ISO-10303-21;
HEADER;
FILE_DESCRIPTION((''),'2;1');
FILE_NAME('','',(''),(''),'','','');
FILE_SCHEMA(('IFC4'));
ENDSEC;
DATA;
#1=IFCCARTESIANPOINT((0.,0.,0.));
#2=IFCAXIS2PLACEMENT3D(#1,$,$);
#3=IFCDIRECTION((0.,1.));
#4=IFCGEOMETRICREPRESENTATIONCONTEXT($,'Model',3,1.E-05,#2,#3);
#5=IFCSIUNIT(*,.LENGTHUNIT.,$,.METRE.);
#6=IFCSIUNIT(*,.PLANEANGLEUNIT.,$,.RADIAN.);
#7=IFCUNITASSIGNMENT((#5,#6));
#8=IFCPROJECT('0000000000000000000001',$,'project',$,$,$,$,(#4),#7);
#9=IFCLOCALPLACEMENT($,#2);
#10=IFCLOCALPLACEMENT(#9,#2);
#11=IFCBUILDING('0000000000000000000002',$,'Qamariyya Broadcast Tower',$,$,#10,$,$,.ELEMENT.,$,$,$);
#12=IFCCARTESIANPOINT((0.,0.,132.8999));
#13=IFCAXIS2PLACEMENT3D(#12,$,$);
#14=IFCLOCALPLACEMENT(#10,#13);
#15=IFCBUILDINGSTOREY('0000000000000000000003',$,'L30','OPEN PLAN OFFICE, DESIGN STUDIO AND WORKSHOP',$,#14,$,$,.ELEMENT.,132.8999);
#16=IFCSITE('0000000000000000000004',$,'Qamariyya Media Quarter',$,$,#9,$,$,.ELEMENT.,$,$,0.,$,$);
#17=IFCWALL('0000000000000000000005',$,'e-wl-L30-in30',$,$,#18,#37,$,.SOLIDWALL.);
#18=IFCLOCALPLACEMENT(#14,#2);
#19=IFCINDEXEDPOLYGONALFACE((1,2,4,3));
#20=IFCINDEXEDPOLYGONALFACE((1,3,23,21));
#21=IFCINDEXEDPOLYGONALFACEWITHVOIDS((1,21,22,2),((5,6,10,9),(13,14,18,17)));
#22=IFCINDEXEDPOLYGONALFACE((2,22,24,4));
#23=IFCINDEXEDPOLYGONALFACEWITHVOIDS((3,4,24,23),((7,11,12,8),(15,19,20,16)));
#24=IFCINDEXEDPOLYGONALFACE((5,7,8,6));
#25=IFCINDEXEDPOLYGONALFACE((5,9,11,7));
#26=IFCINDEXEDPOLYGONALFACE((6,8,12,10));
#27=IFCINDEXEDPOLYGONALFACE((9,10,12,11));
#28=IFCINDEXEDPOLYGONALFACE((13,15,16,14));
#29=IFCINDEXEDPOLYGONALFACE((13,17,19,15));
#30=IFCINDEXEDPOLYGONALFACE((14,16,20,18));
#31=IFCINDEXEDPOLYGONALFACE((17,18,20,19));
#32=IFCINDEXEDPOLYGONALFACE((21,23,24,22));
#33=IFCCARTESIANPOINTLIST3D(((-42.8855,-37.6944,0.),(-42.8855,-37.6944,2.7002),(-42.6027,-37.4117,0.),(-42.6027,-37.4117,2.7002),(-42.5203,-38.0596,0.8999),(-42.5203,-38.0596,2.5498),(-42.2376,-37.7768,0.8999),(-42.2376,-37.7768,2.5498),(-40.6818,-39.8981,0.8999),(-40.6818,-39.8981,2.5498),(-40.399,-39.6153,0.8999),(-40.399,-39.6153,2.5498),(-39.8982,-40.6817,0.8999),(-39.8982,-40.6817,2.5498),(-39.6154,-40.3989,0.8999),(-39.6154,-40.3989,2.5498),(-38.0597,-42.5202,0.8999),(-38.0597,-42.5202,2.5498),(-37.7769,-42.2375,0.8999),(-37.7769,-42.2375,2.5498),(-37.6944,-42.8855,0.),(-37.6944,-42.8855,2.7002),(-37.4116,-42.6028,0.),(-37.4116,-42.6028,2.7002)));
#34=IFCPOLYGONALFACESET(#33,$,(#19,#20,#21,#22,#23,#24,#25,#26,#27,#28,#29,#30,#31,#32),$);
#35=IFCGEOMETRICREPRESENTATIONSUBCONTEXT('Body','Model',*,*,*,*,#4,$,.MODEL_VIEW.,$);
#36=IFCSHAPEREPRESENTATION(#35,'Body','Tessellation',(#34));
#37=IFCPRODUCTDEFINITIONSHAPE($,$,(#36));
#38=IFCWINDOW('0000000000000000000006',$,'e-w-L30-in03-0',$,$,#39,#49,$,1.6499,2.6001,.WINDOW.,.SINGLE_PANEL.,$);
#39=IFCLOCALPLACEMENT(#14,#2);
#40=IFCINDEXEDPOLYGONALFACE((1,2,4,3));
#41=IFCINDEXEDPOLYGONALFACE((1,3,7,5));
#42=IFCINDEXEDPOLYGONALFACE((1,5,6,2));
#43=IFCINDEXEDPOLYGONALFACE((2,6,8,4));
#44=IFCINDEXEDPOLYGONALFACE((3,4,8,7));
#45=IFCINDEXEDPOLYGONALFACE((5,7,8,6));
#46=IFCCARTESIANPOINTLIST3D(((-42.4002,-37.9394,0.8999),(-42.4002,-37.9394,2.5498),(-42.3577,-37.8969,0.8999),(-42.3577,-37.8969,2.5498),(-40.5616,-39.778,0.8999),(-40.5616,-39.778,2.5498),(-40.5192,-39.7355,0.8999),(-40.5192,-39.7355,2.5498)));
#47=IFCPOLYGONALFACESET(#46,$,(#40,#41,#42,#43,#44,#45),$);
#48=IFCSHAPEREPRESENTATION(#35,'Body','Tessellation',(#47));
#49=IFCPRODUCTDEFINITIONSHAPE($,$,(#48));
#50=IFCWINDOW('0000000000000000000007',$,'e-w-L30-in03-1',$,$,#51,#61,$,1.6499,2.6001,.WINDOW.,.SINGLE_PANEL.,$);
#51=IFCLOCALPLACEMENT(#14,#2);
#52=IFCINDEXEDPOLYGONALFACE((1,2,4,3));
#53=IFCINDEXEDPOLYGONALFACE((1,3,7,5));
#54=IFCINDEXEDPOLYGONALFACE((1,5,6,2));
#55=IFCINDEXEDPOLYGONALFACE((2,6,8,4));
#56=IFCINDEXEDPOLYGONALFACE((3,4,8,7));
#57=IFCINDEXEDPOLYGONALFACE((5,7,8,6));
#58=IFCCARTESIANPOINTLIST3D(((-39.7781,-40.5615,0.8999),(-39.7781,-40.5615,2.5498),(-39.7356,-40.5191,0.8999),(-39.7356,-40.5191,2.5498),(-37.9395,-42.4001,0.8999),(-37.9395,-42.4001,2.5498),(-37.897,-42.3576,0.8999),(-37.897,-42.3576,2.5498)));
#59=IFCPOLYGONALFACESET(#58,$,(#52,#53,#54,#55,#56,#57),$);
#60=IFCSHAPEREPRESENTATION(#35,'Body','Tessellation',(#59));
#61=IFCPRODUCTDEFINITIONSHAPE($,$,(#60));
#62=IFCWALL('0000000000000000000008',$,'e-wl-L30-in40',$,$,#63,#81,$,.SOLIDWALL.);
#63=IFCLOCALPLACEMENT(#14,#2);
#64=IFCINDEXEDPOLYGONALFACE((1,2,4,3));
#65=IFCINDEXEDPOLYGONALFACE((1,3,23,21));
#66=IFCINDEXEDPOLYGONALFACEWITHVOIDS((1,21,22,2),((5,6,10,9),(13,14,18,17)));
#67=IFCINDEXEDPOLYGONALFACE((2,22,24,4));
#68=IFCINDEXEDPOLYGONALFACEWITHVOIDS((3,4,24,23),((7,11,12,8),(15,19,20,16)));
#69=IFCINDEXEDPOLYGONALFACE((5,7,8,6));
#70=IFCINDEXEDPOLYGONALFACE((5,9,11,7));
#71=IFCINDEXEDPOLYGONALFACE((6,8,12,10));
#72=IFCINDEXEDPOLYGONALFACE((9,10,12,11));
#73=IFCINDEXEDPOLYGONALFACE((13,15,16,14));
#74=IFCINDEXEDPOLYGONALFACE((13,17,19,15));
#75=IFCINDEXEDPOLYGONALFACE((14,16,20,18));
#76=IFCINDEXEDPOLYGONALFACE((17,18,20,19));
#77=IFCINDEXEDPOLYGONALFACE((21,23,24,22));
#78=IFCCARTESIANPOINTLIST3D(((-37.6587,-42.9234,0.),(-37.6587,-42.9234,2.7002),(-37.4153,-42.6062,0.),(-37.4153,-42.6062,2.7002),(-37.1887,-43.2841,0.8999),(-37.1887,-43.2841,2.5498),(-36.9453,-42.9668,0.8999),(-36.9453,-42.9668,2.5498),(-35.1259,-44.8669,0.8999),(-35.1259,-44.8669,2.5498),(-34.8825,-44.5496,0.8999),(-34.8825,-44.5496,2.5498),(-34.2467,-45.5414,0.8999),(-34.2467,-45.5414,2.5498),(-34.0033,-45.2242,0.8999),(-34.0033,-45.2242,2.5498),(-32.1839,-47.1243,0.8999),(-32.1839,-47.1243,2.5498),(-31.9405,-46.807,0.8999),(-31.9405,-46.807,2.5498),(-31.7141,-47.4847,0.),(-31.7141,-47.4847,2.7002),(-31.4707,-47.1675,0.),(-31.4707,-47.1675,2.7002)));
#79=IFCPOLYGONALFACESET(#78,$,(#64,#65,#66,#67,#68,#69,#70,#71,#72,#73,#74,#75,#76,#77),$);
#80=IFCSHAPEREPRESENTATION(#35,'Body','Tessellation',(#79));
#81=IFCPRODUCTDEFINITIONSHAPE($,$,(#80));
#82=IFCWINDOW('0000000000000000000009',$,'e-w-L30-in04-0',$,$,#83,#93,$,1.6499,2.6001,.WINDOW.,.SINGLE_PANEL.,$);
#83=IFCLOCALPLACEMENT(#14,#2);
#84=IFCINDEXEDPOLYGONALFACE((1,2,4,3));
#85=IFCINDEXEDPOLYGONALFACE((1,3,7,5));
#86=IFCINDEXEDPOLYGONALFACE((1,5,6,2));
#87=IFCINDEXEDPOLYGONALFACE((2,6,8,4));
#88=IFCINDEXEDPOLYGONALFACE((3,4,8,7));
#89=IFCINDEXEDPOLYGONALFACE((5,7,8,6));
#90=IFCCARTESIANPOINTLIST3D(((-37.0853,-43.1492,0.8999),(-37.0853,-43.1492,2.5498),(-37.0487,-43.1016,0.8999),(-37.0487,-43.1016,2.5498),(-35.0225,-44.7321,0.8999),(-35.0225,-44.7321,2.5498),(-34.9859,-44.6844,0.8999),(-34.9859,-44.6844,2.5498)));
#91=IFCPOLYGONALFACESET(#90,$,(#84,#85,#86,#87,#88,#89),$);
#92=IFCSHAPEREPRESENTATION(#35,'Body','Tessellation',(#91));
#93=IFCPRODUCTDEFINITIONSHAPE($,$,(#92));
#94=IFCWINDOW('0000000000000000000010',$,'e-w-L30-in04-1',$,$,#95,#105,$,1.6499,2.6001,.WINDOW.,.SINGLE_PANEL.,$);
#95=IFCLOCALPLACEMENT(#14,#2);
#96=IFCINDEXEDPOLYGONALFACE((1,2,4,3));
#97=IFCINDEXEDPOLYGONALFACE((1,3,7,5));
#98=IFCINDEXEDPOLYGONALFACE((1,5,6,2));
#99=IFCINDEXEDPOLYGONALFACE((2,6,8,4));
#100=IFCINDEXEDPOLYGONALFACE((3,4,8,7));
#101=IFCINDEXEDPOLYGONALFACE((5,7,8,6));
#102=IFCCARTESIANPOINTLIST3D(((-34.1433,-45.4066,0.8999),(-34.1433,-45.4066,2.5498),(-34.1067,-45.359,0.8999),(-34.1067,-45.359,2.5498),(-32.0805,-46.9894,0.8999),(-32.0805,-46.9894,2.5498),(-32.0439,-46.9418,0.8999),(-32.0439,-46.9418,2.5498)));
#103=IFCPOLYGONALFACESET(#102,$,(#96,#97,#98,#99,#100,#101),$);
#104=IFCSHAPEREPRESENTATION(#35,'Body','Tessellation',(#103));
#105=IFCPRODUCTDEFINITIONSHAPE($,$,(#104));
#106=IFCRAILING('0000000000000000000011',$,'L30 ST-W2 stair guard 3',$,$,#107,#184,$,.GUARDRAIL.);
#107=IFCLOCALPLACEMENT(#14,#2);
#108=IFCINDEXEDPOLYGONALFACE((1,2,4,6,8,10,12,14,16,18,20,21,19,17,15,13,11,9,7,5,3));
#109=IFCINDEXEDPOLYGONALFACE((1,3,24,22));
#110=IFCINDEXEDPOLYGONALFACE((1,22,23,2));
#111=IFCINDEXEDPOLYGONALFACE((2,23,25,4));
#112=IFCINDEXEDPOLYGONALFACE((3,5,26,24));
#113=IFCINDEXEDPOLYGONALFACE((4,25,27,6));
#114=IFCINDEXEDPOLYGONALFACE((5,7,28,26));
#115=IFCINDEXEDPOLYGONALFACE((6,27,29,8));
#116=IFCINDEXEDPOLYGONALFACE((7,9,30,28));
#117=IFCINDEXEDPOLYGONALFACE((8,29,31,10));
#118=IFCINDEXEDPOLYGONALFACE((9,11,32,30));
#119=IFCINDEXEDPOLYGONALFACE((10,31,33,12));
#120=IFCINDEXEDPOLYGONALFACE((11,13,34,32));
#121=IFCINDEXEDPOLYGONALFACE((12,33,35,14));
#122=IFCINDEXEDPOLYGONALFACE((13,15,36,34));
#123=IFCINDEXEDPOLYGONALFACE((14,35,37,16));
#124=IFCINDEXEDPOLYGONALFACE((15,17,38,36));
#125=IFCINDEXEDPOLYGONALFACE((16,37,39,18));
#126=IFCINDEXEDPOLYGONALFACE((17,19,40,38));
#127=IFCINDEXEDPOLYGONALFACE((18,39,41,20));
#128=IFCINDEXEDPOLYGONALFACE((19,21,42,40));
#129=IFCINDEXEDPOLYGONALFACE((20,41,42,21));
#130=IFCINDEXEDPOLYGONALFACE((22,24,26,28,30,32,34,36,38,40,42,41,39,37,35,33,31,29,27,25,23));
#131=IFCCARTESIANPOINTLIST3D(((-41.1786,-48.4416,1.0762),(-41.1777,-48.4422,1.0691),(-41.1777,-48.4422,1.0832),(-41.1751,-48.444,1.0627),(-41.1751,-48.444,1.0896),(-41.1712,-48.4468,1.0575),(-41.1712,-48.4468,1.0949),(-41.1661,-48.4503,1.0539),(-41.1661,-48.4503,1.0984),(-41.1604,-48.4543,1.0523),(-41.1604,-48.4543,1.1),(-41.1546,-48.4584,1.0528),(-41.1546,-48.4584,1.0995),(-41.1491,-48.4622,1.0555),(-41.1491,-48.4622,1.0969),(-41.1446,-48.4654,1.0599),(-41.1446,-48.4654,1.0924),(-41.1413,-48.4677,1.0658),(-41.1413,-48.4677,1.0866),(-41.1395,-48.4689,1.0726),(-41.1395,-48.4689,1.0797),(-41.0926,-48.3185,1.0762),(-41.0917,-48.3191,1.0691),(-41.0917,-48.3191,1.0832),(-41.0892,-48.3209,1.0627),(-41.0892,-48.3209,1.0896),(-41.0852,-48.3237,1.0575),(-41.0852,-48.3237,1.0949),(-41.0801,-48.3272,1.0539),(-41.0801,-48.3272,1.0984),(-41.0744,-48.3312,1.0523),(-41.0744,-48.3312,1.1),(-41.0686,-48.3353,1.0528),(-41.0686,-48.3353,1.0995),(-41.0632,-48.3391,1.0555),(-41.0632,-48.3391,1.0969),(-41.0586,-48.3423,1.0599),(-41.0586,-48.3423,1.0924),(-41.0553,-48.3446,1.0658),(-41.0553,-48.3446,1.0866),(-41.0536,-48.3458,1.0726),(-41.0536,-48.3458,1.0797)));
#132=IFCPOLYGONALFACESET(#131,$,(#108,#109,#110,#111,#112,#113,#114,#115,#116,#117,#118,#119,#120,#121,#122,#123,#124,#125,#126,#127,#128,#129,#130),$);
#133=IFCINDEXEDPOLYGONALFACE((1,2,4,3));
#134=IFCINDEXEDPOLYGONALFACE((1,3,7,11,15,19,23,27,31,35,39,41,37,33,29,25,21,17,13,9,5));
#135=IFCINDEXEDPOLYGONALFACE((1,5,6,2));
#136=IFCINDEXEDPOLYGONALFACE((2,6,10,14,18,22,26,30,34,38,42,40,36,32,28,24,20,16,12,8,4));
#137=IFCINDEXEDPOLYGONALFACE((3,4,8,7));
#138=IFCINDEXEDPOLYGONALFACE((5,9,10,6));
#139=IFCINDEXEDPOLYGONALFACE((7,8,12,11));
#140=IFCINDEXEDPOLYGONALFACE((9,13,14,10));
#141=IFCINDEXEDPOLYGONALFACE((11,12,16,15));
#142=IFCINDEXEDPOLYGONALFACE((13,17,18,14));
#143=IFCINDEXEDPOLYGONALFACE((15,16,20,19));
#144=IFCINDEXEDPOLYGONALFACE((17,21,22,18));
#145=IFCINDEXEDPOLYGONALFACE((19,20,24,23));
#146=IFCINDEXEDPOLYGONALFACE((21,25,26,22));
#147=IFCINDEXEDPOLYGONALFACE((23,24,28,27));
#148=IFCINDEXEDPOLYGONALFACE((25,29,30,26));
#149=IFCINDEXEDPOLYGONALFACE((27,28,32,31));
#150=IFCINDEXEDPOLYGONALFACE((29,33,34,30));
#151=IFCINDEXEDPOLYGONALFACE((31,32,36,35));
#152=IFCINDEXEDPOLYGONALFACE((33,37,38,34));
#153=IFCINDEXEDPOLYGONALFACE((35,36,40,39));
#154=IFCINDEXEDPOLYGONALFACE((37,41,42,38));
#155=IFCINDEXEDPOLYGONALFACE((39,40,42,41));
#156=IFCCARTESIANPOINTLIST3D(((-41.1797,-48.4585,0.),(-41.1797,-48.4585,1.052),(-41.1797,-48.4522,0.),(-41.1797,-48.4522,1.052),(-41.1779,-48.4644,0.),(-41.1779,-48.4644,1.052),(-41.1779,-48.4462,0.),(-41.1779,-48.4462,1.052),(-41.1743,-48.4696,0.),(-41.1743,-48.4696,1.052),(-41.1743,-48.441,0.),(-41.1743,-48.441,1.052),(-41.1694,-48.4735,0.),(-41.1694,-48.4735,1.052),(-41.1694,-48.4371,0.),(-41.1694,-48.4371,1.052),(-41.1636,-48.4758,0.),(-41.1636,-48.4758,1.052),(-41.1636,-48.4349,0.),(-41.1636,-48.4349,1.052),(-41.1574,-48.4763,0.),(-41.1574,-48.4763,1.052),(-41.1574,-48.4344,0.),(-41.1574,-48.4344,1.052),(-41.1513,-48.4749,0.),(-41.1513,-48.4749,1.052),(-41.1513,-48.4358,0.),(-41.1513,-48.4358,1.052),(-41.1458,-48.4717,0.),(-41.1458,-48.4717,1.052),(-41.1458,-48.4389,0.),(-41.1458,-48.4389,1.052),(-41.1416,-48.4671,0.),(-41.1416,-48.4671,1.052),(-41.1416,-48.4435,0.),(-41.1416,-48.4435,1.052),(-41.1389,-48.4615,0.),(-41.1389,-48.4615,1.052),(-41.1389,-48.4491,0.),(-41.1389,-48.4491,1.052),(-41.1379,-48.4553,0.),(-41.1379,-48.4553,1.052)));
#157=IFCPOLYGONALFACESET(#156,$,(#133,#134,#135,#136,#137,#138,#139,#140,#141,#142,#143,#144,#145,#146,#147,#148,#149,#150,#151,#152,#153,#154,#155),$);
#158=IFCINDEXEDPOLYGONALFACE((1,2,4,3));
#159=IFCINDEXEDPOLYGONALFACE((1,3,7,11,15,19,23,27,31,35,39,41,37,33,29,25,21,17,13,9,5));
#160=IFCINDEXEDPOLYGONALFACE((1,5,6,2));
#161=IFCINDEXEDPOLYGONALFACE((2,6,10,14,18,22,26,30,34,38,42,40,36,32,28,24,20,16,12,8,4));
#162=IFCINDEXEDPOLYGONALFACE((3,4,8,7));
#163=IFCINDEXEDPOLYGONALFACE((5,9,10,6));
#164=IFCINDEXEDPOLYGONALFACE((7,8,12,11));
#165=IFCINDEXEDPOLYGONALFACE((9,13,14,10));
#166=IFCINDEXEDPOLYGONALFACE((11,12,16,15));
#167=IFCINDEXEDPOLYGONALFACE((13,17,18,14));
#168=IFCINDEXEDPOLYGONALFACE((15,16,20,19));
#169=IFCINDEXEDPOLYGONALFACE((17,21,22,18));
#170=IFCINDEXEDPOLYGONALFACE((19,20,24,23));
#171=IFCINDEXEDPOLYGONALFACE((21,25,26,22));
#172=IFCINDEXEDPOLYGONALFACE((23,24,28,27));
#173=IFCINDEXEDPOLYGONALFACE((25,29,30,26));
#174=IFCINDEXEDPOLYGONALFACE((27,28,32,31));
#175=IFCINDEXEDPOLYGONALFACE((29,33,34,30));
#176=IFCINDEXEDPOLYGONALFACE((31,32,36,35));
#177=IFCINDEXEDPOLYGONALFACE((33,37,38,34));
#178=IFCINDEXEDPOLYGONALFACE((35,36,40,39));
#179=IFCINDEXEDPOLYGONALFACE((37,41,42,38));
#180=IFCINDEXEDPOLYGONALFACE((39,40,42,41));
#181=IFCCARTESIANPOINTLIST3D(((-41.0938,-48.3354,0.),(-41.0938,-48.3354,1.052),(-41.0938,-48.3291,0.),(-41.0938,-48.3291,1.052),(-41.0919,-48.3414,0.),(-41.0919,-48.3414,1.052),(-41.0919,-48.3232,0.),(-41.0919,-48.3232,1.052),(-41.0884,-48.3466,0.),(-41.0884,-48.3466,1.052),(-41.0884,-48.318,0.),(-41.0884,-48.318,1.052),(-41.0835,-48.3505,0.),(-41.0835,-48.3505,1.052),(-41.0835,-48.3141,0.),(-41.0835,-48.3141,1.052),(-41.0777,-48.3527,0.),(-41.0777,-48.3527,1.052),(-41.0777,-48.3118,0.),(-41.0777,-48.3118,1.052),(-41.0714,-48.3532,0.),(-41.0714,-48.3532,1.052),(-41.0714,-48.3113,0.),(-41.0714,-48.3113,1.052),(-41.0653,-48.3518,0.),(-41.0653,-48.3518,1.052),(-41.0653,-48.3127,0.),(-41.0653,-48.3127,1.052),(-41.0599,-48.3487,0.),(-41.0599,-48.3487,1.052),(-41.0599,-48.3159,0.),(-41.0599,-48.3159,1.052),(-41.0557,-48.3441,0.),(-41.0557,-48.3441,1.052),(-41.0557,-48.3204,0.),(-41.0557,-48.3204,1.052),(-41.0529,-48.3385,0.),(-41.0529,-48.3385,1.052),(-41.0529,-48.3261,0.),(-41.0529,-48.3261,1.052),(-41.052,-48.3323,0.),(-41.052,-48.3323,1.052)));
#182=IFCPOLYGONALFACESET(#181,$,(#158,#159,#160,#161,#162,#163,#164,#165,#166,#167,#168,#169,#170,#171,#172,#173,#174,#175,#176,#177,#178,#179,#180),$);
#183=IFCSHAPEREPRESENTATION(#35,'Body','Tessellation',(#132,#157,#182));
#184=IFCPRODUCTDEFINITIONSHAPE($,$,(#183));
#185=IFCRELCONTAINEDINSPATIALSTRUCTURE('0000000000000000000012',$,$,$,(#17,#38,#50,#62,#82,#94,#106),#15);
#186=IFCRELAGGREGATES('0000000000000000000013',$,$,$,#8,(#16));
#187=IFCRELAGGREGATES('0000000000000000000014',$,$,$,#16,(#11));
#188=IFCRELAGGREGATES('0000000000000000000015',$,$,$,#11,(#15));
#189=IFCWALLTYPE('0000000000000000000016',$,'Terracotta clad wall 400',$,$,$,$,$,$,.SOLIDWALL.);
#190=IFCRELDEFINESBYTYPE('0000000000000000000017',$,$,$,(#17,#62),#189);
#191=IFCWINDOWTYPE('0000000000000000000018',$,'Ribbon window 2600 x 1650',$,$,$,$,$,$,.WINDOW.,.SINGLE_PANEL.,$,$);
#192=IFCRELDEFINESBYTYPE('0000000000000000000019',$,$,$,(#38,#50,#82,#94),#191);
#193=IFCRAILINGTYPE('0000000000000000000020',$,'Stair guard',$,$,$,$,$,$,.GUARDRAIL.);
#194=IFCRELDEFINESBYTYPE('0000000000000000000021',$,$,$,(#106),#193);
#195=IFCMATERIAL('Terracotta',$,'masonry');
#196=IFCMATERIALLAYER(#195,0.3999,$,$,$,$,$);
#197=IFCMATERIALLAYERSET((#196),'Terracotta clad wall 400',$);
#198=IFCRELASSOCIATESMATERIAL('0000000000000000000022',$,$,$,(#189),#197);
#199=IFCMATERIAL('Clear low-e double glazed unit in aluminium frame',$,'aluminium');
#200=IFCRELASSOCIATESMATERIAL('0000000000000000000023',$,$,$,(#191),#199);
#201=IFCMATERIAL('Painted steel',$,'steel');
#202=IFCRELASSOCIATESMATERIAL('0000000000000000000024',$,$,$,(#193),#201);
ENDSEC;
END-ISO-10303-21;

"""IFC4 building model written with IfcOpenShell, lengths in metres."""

from ifc_helpers import new_model, si_unit, direction, frame, frame_2d, origin, origin_2d, place, context, subcontext, project, spatial, rectangle, circle, extrude, material, layer, layer_set, type_object, element, fill, save


model = new_model("IFC4")

# Units and contexts
model_context = context("Model", 3, precision=1e-05, world=origin(), true_north=direction((0.0, 1.0)))
body_context = subcontext(model_context, "Body", "Model", "MODEL_VIEW")
ifc_project = project(units=[si_unit("LENGTHUNIT", "METRE"), si_unit("PLANEANGLEUNIT", "RADIAN")], contexts=[model_context])

# Site, building, storey
site_placement = place(None, origin())
site = spatial("IfcSite", under=ifc_project, at=site_placement, Name="Qamariyya Media Quarter", CompositionType="ELEMENT", RefElevation=0.0)
building_placement = place(site_placement, origin())
building = spatial("IfcBuilding", under=site, at=building_placement, Name="Qamariyya Broadcast Tower", CompositionType="ELEMENT")
storey_placement = place(building_placement, frame((0.0, 0.0, 132.8999)))
storey = spatial("IfcBuildingStorey", under=building, at=storey_placement, Name="L30", Description="OPEN PLAN OFFICE, DESIGN STUDIO AND WORKSHOP", CompositionType="ELEMENT", Elevation=132.8999)

# Walls, openings, windows
ifc_material_1 = material(Name="Terracotta", Category="masonry")
ifc_layer_1 = layer(ifc_material_1, 0.3999)
ifc_layer_set_1 = layer_set([ifc_layer_1], Name="Terracotta clad wall 400")
wall_type_1 = type_object("IfcWallType", Name="Terracotta clad wall 400", PredefinedType="SOLIDWALL", material=ifc_layer_set_1)
ifc_material_2 = material(Name="Clear low-e double glazed unit in aluminium frame", Category="aluminium")
window_type = type_object("IfcWindowType", Name="Ribbon window 2600 x 1650", PartitioningType="SINGLE_PANEL", PredefinedType="WINDOW", material=ifc_material_2)
wall_1_placement = place(storey_placement, frame((-37.553, -42.7441, 0.0), z_axis=(0.0, 0.0, 1.0), x_axis=(-0.707107, 0.707107, 0.0)))
wall_1 = element("IfcWall", 1, at=wall_1_placement, inside=storey, type_object=wall_type_1, Name="e-wl-L30-in30", PredefinedType="SOLIDWALL", context=body_context, shape_type="SweptSolid", body=[
    extrude(rectangle(XDim=7.3413, YDim=0.3999, at=frame_2d((3.6707, 0.0))), origin(), (0.0, 0.0, 1.0), 2.7002),
])
opening_1_placement = place(wall_1_placement, frame((4.2249, 0.0, 0.8999)))
opening_1 = element("IfcOpeningElement", 2, at=opening_1_placement, cuts=wall_1, PredefinedType="OPENING", context=body_context, shape_type="SweptSolid", body=[
    extrude(rectangle(XDim=2.6001, YDim=1.6499, at=frame_2d((1.3, 0.825))), frame((0.0, 0.21, 0.0), z_axis=(0.0, -1.0, 0.0), x_axis=(1.0, 0.0, 0.0)), (0.0, 0.0, 1.0), 0.4199),
])
opening_2_placement = place(wall_1_placement, frame((0.5166, 0.0, 0.8999)))
opening_2 = element("IfcOpeningElement", 3, at=opening_2_placement, cuts=wall_1, PredefinedType="OPENING", context=body_context, shape_type="SweptSolid", body=[
    extrude(rectangle(XDim=2.6001, YDim=1.6499, at=frame_2d((1.3, 0.825))), frame((0.0, 0.21, 0.0), z_axis=(0.0, -1.0, 0.0), x_axis=(1.0, 0.0, 0.0)), (0.0, 0.0, 1.0), 0.4199),
])
window_1_placement = place(opening_1_placement, origin())
window_1 = element("IfcWindow", 4, at=window_1_placement, inside=storey, type_object=window_type, Name="e-w-L30-in03-0", OverallHeight=1.6499, OverallWidth=2.6001, PartitioningType="SINGLE_PANEL", PredefinedType="WINDOW", context=body_context, shape_type="SweptSolid", body=[
    extrude(rectangle(XDim=2.6001, YDim=1.6499, at=frame_2d((1.3, 0.825))), frame((0.0, 0.03, 0.0), z_axis=(0.0, -1.0, 0.0), x_axis=(1.0, 0.0, 0.0)), (0.0, 0.0, 1.0), 0.0601),
])
fill(opening_1, window_1)
window_2_placement = place(opening_2_placement, origin())
window_2 = element("IfcWindow", 5, at=window_2_placement, inside=storey, type_object=window_type, Name="e-w-L30-in03-1", OverallHeight=1.6499, OverallWidth=2.6001, PartitioningType="SINGLE_PANEL", PredefinedType="WINDOW", context=body_context, shape_type="SweptSolid", body=[
    extrude(rectangle(XDim=2.6001, YDim=1.6499, at=frame_2d((1.3, 0.825))), frame((0.0, 0.03, 0.0), z_axis=(0.0, -1.0, 0.0), x_axis=(1.0, 0.0, 0.0)), (0.0, 0.0, 1.0), 0.0601),
])
fill(opening_2, window_2)
wall_2_placement = place(storey_placement, frame((-31.5923, -47.3262, 0.0), z_axis=(0.0, 0.0, 1.0), x_axis=(-0.793363, 0.608748, 0.0)))
wall_2 = element("IfcWall", 6, at=wall_2_placement, inside=storey, type_object=wall_type_1, Name="e-wl-L30-in40", PredefinedType="SOLIDWALL", context=body_context, shape_type="SweptSolid", body=[
    extrude(rectangle(XDim=7.4929, YDim=0.3999, at=frame_2d((3.7466, 0.0))), origin(), (0.0, 0.0, 1.0), 2.7002),
])
opening_3_placement = place(wall_2_placement, frame((4.3005, 0.0, 0.8999)))
opening_3 = element("IfcOpeningElement", 7, at=opening_3_placement, cuts=wall_2, PredefinedType="OPENING", context=body_context, shape_type="SweptSolid", body=[
    extrude(rectangle(XDim=2.6001, YDim=1.6499, at=frame_2d((1.3, 0.825))), frame((0.0, 0.21, 0.0), z_axis=(0.0, -1.0, 0.0), x_axis=(1.0, 0.0, 0.0)), (0.0, 0.0, 1.0), 0.4199),
])
opening_4_placement = place(wall_2_placement, frame((0.5923, 0.0, 0.8999)))
opening_4 = element("IfcOpeningElement", 8, at=opening_4_placement, cuts=wall_2, PredefinedType="OPENING", context=body_context, shape_type="SweptSolid", body=[
    extrude(rectangle(XDim=2.6001, YDim=1.6499, at=frame_2d((1.3, 0.825))), frame((0.0, 0.21, 0.0), z_axis=(0.0, -1.0, 0.0), x_axis=(1.0, 0.0, 0.0)), (0.0, 0.0, 1.0), 0.4199),
])
window_3_placement = place(opening_3_placement, origin())
window_3 = element("IfcWindow", 9, at=window_3_placement, inside=storey, type_object=window_type, Name="e-w-L30-in04-0", OverallHeight=1.6499, OverallWidth=2.6001, PartitioningType="SINGLE_PANEL", PredefinedType="WINDOW", context=body_context, shape_type="SweptSolid", body=[
    extrude(rectangle(XDim=2.6001, YDim=1.6499, at=frame_2d((1.3, 0.825))), frame((0.0, 0.03, 0.0), z_axis=(0.0, -1.0, 0.0), x_axis=(1.0, 0.0, 0.0)), (0.0, 0.0, 1.0), 0.0601),
])
fill(opening_3, window_3)
window_4_placement = place(opening_4_placement, origin())
window_4 = element("IfcWindow", 10, at=window_4_placement, inside=storey, type_object=window_type, Name="e-w-L30-in04-1", OverallHeight=1.6499, OverallWidth=2.6001, PartitioningType="SINGLE_PANEL", PredefinedType="WINDOW", context=body_context, shape_type="SweptSolid", body=[
    extrude(rectangle(XDim=2.6001, YDim=1.6499, at=frame_2d((1.3, 0.825))), frame((0.0, 0.03, 0.0), z_axis=(0.0, -1.0, 0.0), x_axis=(1.0, 0.0, 0.0)), (0.0, 0.0, 1.0), 0.0601),
])
fill(opening_4, window_4)

# Railing
ifc_material_3 = material(Name="Painted steel", Category="steel")
railing_type_1 = type_object("IfcRailingType", Name="Stair guard", PredefinedType="GUARDRAIL", material=ifc_material_3)
railing_1_placement = place(storey_placement, frame((-41.1589, -48.4553, 0.0)))
element("IfcRailing", 11, at=railing_1_placement, inside=storey, type_object=railing_type_1, Name="L30 ST-W2 stair guard 3", PredefinedType="GUARDRAIL", context=body_context, shape_type="SweptSolid", body=[
    extrude(circle(Radius=0.0239, at=origin_2d()), frame((0.0, 0.0, 1.0762), z_axis=(0.572589, 0.819843, 0.0), x_axis=(-0.819843, 0.572589, 0.0)), (0.0, 0.0, 1.0), 0.1501),
    extrude(circle(Radius=0.021, at=origin_2d()), origin(), (0.0, 0.0, 1.0), 1.052),
    extrude(circle(Radius=0.021, at=origin_2d()), frame((0.0859, 0.123, 0.0)), (0.0, 0.0, 1.0), 1.052),
])

save(model, "model.ifc")
